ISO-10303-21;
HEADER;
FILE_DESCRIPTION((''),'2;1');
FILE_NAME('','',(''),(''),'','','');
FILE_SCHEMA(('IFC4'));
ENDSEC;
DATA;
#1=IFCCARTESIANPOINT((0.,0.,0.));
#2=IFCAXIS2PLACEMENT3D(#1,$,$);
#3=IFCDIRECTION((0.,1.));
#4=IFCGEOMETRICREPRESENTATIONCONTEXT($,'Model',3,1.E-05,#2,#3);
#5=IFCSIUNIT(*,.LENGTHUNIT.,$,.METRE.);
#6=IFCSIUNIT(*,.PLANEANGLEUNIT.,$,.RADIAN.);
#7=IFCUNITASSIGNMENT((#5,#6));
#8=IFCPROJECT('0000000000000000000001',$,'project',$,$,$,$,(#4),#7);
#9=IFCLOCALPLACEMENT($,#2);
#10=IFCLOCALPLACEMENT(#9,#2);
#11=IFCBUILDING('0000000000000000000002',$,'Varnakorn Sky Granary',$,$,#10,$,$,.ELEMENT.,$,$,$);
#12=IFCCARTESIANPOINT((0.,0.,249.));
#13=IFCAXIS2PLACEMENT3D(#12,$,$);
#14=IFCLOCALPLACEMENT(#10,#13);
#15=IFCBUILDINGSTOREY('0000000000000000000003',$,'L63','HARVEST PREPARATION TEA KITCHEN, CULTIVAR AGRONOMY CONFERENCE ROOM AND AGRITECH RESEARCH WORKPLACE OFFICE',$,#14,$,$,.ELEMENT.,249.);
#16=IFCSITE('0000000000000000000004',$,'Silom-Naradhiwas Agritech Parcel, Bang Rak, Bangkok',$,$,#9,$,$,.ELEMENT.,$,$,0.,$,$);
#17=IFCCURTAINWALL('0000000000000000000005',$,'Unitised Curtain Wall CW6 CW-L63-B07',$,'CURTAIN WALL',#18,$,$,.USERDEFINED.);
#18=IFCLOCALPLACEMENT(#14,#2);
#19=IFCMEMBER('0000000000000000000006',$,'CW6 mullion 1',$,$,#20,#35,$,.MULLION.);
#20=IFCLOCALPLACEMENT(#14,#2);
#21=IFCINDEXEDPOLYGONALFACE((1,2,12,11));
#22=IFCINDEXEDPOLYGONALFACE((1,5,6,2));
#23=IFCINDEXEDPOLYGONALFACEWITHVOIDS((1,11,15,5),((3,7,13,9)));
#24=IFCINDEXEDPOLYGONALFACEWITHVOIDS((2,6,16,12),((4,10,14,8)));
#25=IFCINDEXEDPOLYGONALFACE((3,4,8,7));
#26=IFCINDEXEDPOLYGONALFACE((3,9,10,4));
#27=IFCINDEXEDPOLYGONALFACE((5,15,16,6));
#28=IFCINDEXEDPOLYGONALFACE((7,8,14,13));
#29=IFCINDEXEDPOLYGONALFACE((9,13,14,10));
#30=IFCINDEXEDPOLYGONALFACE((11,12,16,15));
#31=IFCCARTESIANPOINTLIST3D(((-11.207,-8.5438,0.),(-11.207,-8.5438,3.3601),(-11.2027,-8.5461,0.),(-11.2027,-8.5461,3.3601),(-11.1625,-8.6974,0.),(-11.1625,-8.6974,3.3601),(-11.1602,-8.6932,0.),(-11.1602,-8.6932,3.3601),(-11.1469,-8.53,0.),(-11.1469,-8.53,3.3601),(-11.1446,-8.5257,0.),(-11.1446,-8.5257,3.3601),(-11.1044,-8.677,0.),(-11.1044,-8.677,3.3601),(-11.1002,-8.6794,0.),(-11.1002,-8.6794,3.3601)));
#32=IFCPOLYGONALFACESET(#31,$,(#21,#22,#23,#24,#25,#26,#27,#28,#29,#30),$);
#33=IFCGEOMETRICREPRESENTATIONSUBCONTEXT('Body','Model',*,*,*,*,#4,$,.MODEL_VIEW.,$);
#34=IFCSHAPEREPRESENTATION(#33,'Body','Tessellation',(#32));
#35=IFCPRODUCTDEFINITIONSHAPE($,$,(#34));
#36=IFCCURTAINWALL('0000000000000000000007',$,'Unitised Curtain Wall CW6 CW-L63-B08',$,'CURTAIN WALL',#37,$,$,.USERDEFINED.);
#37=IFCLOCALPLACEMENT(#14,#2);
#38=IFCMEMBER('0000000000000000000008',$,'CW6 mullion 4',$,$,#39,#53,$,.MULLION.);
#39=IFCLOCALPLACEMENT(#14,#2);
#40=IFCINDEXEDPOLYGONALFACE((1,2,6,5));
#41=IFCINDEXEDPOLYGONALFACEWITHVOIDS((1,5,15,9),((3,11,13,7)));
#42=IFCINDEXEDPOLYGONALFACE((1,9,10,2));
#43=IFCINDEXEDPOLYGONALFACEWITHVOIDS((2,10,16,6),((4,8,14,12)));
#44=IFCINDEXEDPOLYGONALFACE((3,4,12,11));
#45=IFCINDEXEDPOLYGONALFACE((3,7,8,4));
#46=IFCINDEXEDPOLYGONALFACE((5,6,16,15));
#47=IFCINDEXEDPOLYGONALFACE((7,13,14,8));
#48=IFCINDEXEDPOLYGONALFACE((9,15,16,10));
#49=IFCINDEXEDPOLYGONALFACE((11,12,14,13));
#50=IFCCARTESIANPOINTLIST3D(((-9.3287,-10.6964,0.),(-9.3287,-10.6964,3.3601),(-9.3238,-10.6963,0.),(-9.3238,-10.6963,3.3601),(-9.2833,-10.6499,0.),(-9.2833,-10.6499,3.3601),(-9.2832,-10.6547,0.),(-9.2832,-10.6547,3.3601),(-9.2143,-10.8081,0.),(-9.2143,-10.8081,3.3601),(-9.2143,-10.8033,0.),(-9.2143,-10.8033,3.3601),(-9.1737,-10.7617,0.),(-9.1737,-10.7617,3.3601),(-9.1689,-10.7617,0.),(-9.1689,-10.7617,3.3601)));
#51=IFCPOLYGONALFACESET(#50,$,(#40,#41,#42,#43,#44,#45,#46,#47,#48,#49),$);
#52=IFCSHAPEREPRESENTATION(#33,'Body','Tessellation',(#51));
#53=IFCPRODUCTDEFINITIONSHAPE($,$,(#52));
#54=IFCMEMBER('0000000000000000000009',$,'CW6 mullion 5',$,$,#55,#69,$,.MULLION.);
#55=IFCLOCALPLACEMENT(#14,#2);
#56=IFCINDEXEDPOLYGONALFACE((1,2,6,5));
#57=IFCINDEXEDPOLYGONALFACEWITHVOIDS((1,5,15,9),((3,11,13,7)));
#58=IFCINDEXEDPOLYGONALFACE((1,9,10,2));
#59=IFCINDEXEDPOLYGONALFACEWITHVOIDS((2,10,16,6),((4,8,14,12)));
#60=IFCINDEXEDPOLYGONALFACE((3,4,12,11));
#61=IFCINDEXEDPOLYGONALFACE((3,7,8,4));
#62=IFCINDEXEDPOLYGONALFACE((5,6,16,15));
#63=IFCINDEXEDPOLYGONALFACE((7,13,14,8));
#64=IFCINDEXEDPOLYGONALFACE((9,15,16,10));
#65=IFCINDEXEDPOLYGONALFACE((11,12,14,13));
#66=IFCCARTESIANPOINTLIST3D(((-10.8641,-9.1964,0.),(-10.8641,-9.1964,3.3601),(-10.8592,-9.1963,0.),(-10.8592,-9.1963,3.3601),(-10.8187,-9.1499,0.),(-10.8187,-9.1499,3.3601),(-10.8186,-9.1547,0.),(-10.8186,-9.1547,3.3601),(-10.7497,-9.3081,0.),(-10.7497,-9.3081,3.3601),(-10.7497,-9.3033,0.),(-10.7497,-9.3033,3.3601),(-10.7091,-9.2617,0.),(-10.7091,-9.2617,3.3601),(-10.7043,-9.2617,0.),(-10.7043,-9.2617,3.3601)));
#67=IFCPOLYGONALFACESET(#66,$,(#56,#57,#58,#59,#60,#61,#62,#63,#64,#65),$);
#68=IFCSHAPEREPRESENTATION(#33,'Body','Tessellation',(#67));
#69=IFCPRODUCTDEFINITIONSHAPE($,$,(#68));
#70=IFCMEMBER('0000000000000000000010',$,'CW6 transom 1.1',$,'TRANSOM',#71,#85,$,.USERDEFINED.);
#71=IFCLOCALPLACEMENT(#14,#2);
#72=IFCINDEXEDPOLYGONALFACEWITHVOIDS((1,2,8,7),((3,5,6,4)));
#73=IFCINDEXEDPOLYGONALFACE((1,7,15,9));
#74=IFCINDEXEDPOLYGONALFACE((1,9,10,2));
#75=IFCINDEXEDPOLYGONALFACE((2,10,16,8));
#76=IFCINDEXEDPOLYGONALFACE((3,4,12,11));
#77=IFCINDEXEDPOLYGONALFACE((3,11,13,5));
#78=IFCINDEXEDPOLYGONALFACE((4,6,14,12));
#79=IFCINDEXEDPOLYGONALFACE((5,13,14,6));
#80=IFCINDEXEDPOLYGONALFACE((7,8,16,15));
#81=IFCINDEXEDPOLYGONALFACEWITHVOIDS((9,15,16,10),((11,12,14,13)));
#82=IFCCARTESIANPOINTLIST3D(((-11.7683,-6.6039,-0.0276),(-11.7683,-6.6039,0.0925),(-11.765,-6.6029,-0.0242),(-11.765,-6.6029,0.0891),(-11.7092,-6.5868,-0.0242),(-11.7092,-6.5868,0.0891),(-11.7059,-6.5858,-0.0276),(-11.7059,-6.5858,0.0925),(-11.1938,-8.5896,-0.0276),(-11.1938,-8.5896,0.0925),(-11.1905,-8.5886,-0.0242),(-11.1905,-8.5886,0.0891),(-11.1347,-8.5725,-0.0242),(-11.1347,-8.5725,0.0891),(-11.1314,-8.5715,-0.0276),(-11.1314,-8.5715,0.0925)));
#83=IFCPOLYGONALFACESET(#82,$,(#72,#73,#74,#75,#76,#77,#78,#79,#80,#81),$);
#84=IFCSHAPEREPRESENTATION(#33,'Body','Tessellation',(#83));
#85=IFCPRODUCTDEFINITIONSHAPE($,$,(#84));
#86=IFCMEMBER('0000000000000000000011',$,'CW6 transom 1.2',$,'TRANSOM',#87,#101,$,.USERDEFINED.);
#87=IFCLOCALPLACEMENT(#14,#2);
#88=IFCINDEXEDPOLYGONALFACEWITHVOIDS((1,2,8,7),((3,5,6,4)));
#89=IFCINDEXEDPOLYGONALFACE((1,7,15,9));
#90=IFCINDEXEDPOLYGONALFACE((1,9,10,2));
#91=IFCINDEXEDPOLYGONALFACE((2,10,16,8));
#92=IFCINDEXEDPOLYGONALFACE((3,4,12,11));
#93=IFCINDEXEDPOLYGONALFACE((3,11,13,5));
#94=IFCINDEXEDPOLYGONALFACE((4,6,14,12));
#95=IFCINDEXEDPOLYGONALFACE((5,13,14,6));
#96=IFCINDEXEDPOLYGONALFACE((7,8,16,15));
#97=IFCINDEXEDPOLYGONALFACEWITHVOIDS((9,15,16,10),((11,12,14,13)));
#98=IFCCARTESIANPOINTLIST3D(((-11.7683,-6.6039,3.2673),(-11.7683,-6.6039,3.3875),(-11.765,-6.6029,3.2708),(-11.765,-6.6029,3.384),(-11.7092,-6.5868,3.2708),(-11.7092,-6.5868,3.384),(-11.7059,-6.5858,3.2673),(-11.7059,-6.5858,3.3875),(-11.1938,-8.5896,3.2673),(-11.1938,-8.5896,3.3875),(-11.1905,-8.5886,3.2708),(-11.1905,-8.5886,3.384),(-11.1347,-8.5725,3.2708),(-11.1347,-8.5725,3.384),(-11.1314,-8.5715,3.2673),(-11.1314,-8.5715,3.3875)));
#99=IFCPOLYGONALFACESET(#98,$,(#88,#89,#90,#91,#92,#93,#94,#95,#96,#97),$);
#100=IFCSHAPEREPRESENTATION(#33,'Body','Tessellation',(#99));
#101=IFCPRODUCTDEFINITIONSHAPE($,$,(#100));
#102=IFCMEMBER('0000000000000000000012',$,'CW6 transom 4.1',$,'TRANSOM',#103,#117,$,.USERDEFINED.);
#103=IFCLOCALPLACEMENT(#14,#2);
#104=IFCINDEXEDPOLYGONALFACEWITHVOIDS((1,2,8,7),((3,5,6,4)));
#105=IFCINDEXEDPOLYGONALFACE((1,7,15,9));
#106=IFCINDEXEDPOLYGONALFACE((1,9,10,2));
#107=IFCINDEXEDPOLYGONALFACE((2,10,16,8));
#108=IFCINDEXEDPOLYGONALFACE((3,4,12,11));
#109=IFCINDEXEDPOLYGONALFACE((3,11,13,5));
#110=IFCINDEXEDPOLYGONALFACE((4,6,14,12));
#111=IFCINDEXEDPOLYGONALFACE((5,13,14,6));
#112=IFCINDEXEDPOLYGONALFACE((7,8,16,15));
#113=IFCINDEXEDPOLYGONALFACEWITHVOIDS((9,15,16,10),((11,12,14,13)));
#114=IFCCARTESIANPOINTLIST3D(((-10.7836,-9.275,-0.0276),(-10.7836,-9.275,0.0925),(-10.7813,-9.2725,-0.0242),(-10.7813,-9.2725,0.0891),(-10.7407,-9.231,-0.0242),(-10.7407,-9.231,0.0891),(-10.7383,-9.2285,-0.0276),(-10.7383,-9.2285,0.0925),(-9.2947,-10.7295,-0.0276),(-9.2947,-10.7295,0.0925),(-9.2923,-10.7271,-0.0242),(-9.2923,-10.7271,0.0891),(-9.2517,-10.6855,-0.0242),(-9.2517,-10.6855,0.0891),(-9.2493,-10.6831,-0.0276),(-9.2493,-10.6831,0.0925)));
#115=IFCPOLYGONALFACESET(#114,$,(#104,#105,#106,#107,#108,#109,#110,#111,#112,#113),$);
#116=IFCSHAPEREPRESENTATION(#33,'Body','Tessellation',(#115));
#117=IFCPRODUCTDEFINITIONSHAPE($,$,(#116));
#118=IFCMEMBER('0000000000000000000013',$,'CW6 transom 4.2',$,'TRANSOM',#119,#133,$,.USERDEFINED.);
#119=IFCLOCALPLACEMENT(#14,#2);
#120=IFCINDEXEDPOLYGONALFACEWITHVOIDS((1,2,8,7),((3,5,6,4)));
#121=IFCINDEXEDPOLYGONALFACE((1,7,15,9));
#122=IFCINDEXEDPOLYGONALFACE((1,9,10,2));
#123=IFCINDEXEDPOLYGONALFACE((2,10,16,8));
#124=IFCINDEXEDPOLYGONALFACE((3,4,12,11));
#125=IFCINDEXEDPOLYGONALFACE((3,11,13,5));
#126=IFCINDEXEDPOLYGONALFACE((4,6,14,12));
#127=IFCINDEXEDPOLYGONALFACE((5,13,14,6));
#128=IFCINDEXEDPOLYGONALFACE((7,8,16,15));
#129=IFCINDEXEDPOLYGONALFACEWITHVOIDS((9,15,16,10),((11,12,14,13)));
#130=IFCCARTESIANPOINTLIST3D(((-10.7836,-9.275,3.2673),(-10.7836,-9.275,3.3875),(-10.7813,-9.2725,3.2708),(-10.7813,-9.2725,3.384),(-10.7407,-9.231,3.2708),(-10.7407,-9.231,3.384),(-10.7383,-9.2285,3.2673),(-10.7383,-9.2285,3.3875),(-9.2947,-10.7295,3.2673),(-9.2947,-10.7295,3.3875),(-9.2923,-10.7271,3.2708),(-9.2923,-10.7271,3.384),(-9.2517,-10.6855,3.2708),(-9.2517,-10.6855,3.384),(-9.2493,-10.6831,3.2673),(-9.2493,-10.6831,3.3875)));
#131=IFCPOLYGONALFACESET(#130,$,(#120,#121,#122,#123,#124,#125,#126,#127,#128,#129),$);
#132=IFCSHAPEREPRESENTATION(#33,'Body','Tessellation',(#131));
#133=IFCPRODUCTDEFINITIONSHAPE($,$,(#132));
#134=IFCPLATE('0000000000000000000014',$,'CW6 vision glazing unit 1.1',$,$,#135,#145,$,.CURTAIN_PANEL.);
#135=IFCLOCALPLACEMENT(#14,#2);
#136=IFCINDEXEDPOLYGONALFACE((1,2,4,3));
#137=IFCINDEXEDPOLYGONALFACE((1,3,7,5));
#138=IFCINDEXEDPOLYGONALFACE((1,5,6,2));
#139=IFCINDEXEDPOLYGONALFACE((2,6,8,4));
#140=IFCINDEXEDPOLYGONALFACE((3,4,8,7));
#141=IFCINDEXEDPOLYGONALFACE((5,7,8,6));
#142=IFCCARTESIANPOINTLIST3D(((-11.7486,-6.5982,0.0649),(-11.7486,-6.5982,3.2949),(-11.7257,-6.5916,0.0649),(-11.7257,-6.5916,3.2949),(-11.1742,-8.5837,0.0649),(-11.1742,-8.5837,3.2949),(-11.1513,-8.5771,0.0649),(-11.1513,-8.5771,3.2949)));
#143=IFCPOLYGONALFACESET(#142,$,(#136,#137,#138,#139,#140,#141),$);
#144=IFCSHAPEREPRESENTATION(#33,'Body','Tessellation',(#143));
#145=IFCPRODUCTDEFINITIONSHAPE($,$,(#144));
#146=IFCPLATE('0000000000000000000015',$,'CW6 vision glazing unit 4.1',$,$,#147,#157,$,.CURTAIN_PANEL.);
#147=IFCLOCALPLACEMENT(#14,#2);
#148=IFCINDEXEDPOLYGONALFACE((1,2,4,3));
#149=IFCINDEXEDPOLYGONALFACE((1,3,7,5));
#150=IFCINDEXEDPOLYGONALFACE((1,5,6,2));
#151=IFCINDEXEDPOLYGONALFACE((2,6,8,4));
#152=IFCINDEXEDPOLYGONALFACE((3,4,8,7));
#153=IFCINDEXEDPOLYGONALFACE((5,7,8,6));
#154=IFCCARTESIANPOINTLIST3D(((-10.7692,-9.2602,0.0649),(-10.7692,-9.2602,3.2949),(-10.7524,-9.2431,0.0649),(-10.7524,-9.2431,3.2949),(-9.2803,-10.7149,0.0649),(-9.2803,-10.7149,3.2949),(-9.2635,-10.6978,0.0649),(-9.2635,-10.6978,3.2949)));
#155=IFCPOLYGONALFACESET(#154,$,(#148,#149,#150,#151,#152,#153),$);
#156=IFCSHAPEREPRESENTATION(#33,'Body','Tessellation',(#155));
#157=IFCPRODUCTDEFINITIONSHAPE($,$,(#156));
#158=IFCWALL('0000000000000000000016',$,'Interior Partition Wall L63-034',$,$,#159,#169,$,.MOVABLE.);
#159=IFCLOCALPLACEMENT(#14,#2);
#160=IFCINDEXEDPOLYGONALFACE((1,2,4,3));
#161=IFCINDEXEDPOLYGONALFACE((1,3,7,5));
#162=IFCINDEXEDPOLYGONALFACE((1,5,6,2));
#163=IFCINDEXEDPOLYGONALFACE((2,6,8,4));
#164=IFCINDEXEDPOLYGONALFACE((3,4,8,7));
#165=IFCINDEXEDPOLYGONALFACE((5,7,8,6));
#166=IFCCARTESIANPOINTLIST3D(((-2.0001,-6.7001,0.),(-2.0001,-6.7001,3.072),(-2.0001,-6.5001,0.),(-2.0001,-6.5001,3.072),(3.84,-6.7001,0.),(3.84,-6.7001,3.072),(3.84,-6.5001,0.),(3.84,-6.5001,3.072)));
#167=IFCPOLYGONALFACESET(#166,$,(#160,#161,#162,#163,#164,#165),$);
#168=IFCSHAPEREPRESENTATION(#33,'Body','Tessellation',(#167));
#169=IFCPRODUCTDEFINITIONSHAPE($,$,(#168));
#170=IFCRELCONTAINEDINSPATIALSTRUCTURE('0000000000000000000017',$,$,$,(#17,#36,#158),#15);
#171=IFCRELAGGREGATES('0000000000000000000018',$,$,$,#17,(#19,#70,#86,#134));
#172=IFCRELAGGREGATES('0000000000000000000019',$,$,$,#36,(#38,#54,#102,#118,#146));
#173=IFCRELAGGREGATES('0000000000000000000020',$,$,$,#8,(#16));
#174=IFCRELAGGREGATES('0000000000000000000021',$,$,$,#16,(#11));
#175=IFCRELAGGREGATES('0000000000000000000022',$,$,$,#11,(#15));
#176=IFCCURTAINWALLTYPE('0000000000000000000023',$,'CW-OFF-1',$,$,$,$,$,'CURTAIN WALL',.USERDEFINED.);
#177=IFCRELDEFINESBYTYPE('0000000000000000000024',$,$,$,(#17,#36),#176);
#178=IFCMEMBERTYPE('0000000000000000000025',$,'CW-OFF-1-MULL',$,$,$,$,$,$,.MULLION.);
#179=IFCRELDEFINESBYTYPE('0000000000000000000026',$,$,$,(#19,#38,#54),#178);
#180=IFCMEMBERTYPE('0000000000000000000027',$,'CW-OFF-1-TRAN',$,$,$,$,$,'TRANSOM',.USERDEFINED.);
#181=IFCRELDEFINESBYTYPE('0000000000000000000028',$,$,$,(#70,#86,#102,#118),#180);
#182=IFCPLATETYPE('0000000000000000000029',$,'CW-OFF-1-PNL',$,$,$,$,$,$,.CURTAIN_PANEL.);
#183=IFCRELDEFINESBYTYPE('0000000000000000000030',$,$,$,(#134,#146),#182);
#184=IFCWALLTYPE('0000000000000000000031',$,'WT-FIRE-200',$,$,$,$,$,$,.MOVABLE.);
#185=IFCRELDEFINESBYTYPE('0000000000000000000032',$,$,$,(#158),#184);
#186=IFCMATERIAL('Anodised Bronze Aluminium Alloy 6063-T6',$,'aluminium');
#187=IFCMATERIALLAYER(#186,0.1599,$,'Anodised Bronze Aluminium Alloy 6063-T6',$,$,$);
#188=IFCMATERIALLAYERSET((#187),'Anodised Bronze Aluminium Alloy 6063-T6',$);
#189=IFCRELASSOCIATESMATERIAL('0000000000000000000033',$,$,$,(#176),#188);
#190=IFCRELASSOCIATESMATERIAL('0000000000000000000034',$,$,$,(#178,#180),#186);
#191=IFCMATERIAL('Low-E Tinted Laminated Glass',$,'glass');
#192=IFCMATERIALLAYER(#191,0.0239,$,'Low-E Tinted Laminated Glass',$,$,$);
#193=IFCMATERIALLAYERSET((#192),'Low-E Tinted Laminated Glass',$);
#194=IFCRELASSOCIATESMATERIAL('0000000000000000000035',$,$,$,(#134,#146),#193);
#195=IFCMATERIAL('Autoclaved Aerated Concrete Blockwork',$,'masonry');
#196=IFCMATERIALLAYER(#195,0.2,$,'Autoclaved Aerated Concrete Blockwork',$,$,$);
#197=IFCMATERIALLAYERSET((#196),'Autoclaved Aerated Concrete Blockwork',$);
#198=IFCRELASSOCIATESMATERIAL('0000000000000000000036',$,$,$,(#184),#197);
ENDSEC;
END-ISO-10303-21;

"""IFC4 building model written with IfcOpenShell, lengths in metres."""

from ifc_helpers import new_model, si_unit, direction, frame, frame_2d, origin, origin_2d, place, context, subcontext, project, spatial, rectangle, hollow_rectangle, extrude, source, transform, mapped, material, layer, layer_set, material_profile, profile_set, type_object, type_shapes, element, aggregate, save


model = new_model("IFC4")

# Units and contexts
model_context = context("Model", 3, precision=1e-05, world=origin(), true_north=direction((0.0, 1.0)))
body_context = subcontext(model_context, "Body", "Model", "MODEL_VIEW")
ifc_project = project(units=[si_unit("LENGTHUNIT", "METRE"), si_unit("PLANEANGLEUNIT", "RADIAN")], contexts=[model_context])

# Site, building, storey
site_placement = place(None, origin())
site = spatial("IfcSite", under=ifc_project, at=site_placement, Name="Silom-Naradhiwas Agritech Parcel, Bang Rak, Bangkok", CompositionType="ELEMENT", RefElevation=0.0)
building_placement = place(site_placement, origin())
building = spatial("IfcBuilding", under=site, at=building_placement, Name="Varnakorn Sky Granary", CompositionType="ELEMENT")
storey_placement = place(building_placement, frame((0.0, 0.0, 249.0)))
storey = spatial("IfcBuildingStorey", under=building, at=storey_placement, Name="L63", Description="HARVEST PREPARATION TEA KITCHEN, CULTIVAR AGRONOMY CONFERENCE ROOM AND AGRITECH RESEARCH WORKPLACE OFFICE", CompositionType="ELEMENT", Elevation=249.0)

# Curtain wall, member
ifc_material_1 = material(Name="Anodised Bronze Aluminium Alloy 6063-T6", Category="aluminium")
ifc_layer_1 = layer(ifc_material_1, 0.1599, Name="Anodised Bronze Aluminium Alloy 6063-T6")
ifc_layer_set_1 = layer_set([ifc_layer_1], Name="Anodised Bronze Aluminium Alloy 6063-T6")
curtain_wall_type = type_object("IfcCurtainWallType", Name="CW-OFF-1", ElementType="CURTAIN WALL", PredefinedType="USERDEFINED", material=ifc_layer_set_1)
curtain_wall_1_placement = place(storey_placement, origin())
curtain_wall_1 = element("IfcCurtainWall", 1, at=curtain_wall_1_placement, inside=storey, type_object=curtain_wall_type, Name="Unitised Curtain Wall CW6 CW-L63-B07", ObjectType="CURTAIN WALL", PredefinedType="USERDEFINED")
ifc_material_profile_1 = material_profile(ifc_material_1, hollow_rectangle(XDim=0.0649, YDim=0.1599, WallThickness=0.0034, at=origin_2d()), Name="ALU MULL 65x160")
ifc_profile_set_1 = profile_set([ifc_material_profile_1], Name="Anodised Bronze Aluminium Alloy 6063-T6")
member_type_1 = type_object("IfcMemberType", Name="CW-OFF-1-MULL", PredefinedType="MULLION", material=ifc_profile_set_1)
member_1_placement = place(storey_placement, frame((-11.1536, -8.6116, 0.0), z_axis=(0.0, 0.0, 1.0), x_axis=(-0.96061, -0.277899, 0.0)))
member_1 = element("IfcMember", 2, at=member_1_placement, type_object=member_type_1, Name="CW6 mullion 1", PredefinedType="MULLION", context=body_context, shape_type="SweptSolid", body=[
    extrude(hollow_rectangle(XDim=0.0649, YDim=0.1599, WallThickness=0.0034, at=origin_2d()), origin(), (0.0, 0.0, 1.0), 3.3601),
])

# Curtain wall, members
curtain_wall_2_placement = place(storey_placement, origin())
curtain_wall_2 = element("IfcCurtainWall", 3, at=curtain_wall_2_placement, inside=storey, type_object=curtain_wall_type, Name="Unitised Curtain Wall CW6 CW-L63-B08", ObjectType="CURTAIN WALL", PredefinedType="USERDEFINED")
member_2_placement = place(storey_placement, frame((-9.2488, -10.729, 0.0), z_axis=(0.0, 0.0, 1.0), x_axis=(-0.698833, -0.715285, 0.0)))
member_2 = element("IfcMember", 4, at=member_2_placement, type_object=member_type_1, Name="CW6 mullion 4", PredefinedType="MULLION", context=body_context, shape_type="SweptSolid", body=[
    extrude(hollow_rectangle(XDim=0.0649, YDim=0.1599, WallThickness=0.0034, at=origin_2d()), origin(), (0.0, 0.0, 1.0), 3.3601),
])
member_3_placement = place(storey_placement, frame((-10.7842, -9.229, 0.0), z_axis=(0.0, 0.0, 1.0), x_axis=(-0.698833, -0.715285, 0.0)))
member_3 = element("IfcMember", 5, at=member_3_placement, type_object=member_type_1, Name="CW6 mullion 5", PredefinedType="MULLION", context=body_context, shape_type="SweptSolid", body=[
    extrude(hollow_rectangle(XDim=0.0649, YDim=0.1599, WallThickness=0.0034, at=origin_2d()), origin(), (0.0, 0.0, 1.0), 3.3601),
])

# Members
ifc_material_profile_2 = material_profile(ifc_material_1, hollow_rectangle(XDim=0.0649, YDim=0.1201, WallThickness=0.0034, at=origin_2d()), Name="ALU TRAN 65x120")
ifc_profile_set_2 = profile_set([ifc_material_profile_2], Name="Anodised Bronze Aluminium Alloy 6063-T6")
member_type_2 = type_object("IfcMemberType", Name="CW-OFF-1-TRAN", ElementType="TRANSOM", PredefinedType="USERDEFINED", material=ifc_profile_set_2)
member_4_placement = place(storey_placement, frame((-11.1626, -8.5806, 0.0325), z_axis=(-0.277918, 0.960605, 0.0), x_axis=(-0.960605, -0.277918, 0.0)))
member_4 = element("IfcMember", 6, at=member_4_placement, type_object=member_type_2, Name="CW6 transom 1.1", ObjectType="TRANSOM", PredefinedType="USERDEFINED", context=body_context, shape_type="SweptSolid", body=[
    extrude(hollow_rectangle(XDim=0.0649, YDim=0.1201, WallThickness=0.0034, at=origin_2d()), origin(), (0.0, 0.0, 1.0), 2.0671),
])
member_5_placement = place(storey_placement, frame((-11.1626, -8.5806, 3.3274), z_axis=(-0.277918, 0.960605, 0.0), x_axis=(-0.960605, -0.277918, 0.0)))
member_5 = element("IfcMember", 7, at=member_5_placement, type_object=member_type_2, Name="CW6 transom 1.2", ObjectType="TRANSOM", PredefinedType="USERDEFINED", context=body_context, shape_type="SweptSolid", body=[
    extrude(hollow_rectangle(XDim=0.0649, YDim=0.1201, WallThickness=0.0034, at=origin_2d()), origin(), (0.0, 0.0, 1.0), 2.0671),
])
member_6_placement = place(storey_placement, frame((-9.272, -10.7063, 0.0325), z_axis=(-0.715327, 0.69879, 0.0), x_axis=(-0.69879, -0.715327, 0.0)))
member_6 = element("IfcMember", 8, at=member_6_placement, type_object=member_type_2, Name="CW6 transom 4.1", ObjectType="TRANSOM", PredefinedType="USERDEFINED", context=body_context, shape_type="SweptSolid", body=[
    extrude(hollow_rectangle(XDim=0.0649, YDim=0.1201, WallThickness=0.0034, at=origin_2d()), origin(), (0.0, 0.0, 1.0), 2.0815),
])
member_7_placement = place(storey_placement, frame((-9.272, -10.7063, 3.3274), z_axis=(-0.715327, 0.69879, 0.0), x_axis=(-0.69879, -0.715327, 0.0)))
member_7 = element("IfcMember", 9, at=member_7_placement, type_object=member_type_2, Name="CW6 transom 4.2", ObjectType="TRANSOM", PredefinedType="USERDEFINED", context=body_context, shape_type="SweptSolid", body=[
    extrude(hollow_rectangle(XDim=0.0649, YDim=0.1201, WallThickness=0.0034, at=origin_2d()), origin(), (0.0, 0.0, 1.0), 2.0815),
])

# Plates
ifc_material_2 = material(Name="Low-E Tinted Laminated Glass", Category="glass")
ifc_layer_2 = layer(ifc_material_2, 0.0239, Name="Low-E Tinted Laminated Glass")
ifc_layer_set_2 = layer_set([ifc_layer_2], Name="Low-E Tinted Laminated Glass")
plate_type = type_object("IfcPlateType", Name="CW-OFF-1-PNL", PredefinedType="CURTAIN_PANEL")
shared_shape_1 = source(origin(), body_context, "Body", "SweptSolid", [
    extrude(rectangle(XDim=2.0669, YDim=0.0239, at=origin_2d()), origin(), (0.0, 0.0, 1.0), 3.23),
])
plate_1_placement = place(storey_placement, frame((-11.45, -7.5876, 0.0649), z_axis=(0.0, 0.0, 1.0), x_axis=(-0.277899, 0.96061, 0.0)))
plate_1 = element("IfcPlate", 10, at=plate_1_placement, type_object=plate_type, material=ifc_layer_set_2, Name="CW6 vision glazing unit 1.1", PredefinedType="CURTAIN_PANEL", context=body_context, shape_type="MappedRepresentation", body=[
    mapped(shared_shape_1, transform((0.0, 0.0, 0.0), x_axis=(1.0, 0.0, 0.0), y_axis=(0.0, 1.0, 0.0), z_axis=(0.0, 0.0, 1.0), scale=1.0)),
])
aggregate(curtain_wall_1, [member_1, member_4, member_5, plate_1])
shared_shape_2 = source(origin(), body_context, "Body", "SweptSolid", [
    extrude(rectangle(XDim=2.0815, YDim=0.0239, at=origin_2d()), origin(), (0.0, 0.0, 1.0), 3.23),
])
type_shapes(plate_type, [shared_shape_1, shared_shape_2])
plate_2_placement = place(storey_placement, frame((-10.0164, -9.979, 0.0649), z_axis=(0.0, 0.0, 1.0), x_axis=(-0.715285, 0.698833, 0.0)))
plate_2 = element("IfcPlate", 11, at=plate_2_placement, type_object=plate_type, material=ifc_layer_set_2, Name="CW6 vision glazing unit 4.1", PredefinedType="CURTAIN_PANEL", context=body_context, shape_type="MappedRepresentation", body=[
    mapped(shared_shape_2, transform((0.0, 0.0, 0.0), x_axis=(1.0, 0.0, 0.0), y_axis=(0.0, 1.0, 0.0), z_axis=(0.0, 0.0, 1.0), scale=1.0)),
])
aggregate(curtain_wall_2, [member_2, member_3, member_6, member_7, plate_2])

# Wall
ifc_material_3 = material(Name="Autoclaved Aerated Concrete Blockwork", Category="masonry")
ifc_layer_3 = layer(ifc_material_3, 0.2, Name="Autoclaved Aerated Concrete Blockwork")
ifc_layer_set_3 = layer_set([ifc_layer_3], Name="Autoclaved Aerated Concrete Blockwork")
wall_type_1 = type_object("IfcWallType", Name="WT-FIRE-200", PredefinedType="MOVABLE", material=ifc_layer_set_3)
wall_1_placement = place(storey_placement, frame((-2.0, -6.6001, 0.0), z_axis=(0.0, 0.0, 1.0), x_axis=(1.0, 0.0, 0.0)))
element("IfcWall", 12, at=wall_1_placement, inside=storey, type_object=wall_type_1, Name="Interior Partition Wall L63-034", PredefinedType="MOVABLE", context=body_context, shape_type="SweptSolid", body=[
    extrude(rectangle(XDim=5.8401, YDim=0.2, at=frame_2d((2.9199, 0.0))), origin(), (0.0, 0.0, 1.0), 3.072),
])

save(model, "model.ifc")
